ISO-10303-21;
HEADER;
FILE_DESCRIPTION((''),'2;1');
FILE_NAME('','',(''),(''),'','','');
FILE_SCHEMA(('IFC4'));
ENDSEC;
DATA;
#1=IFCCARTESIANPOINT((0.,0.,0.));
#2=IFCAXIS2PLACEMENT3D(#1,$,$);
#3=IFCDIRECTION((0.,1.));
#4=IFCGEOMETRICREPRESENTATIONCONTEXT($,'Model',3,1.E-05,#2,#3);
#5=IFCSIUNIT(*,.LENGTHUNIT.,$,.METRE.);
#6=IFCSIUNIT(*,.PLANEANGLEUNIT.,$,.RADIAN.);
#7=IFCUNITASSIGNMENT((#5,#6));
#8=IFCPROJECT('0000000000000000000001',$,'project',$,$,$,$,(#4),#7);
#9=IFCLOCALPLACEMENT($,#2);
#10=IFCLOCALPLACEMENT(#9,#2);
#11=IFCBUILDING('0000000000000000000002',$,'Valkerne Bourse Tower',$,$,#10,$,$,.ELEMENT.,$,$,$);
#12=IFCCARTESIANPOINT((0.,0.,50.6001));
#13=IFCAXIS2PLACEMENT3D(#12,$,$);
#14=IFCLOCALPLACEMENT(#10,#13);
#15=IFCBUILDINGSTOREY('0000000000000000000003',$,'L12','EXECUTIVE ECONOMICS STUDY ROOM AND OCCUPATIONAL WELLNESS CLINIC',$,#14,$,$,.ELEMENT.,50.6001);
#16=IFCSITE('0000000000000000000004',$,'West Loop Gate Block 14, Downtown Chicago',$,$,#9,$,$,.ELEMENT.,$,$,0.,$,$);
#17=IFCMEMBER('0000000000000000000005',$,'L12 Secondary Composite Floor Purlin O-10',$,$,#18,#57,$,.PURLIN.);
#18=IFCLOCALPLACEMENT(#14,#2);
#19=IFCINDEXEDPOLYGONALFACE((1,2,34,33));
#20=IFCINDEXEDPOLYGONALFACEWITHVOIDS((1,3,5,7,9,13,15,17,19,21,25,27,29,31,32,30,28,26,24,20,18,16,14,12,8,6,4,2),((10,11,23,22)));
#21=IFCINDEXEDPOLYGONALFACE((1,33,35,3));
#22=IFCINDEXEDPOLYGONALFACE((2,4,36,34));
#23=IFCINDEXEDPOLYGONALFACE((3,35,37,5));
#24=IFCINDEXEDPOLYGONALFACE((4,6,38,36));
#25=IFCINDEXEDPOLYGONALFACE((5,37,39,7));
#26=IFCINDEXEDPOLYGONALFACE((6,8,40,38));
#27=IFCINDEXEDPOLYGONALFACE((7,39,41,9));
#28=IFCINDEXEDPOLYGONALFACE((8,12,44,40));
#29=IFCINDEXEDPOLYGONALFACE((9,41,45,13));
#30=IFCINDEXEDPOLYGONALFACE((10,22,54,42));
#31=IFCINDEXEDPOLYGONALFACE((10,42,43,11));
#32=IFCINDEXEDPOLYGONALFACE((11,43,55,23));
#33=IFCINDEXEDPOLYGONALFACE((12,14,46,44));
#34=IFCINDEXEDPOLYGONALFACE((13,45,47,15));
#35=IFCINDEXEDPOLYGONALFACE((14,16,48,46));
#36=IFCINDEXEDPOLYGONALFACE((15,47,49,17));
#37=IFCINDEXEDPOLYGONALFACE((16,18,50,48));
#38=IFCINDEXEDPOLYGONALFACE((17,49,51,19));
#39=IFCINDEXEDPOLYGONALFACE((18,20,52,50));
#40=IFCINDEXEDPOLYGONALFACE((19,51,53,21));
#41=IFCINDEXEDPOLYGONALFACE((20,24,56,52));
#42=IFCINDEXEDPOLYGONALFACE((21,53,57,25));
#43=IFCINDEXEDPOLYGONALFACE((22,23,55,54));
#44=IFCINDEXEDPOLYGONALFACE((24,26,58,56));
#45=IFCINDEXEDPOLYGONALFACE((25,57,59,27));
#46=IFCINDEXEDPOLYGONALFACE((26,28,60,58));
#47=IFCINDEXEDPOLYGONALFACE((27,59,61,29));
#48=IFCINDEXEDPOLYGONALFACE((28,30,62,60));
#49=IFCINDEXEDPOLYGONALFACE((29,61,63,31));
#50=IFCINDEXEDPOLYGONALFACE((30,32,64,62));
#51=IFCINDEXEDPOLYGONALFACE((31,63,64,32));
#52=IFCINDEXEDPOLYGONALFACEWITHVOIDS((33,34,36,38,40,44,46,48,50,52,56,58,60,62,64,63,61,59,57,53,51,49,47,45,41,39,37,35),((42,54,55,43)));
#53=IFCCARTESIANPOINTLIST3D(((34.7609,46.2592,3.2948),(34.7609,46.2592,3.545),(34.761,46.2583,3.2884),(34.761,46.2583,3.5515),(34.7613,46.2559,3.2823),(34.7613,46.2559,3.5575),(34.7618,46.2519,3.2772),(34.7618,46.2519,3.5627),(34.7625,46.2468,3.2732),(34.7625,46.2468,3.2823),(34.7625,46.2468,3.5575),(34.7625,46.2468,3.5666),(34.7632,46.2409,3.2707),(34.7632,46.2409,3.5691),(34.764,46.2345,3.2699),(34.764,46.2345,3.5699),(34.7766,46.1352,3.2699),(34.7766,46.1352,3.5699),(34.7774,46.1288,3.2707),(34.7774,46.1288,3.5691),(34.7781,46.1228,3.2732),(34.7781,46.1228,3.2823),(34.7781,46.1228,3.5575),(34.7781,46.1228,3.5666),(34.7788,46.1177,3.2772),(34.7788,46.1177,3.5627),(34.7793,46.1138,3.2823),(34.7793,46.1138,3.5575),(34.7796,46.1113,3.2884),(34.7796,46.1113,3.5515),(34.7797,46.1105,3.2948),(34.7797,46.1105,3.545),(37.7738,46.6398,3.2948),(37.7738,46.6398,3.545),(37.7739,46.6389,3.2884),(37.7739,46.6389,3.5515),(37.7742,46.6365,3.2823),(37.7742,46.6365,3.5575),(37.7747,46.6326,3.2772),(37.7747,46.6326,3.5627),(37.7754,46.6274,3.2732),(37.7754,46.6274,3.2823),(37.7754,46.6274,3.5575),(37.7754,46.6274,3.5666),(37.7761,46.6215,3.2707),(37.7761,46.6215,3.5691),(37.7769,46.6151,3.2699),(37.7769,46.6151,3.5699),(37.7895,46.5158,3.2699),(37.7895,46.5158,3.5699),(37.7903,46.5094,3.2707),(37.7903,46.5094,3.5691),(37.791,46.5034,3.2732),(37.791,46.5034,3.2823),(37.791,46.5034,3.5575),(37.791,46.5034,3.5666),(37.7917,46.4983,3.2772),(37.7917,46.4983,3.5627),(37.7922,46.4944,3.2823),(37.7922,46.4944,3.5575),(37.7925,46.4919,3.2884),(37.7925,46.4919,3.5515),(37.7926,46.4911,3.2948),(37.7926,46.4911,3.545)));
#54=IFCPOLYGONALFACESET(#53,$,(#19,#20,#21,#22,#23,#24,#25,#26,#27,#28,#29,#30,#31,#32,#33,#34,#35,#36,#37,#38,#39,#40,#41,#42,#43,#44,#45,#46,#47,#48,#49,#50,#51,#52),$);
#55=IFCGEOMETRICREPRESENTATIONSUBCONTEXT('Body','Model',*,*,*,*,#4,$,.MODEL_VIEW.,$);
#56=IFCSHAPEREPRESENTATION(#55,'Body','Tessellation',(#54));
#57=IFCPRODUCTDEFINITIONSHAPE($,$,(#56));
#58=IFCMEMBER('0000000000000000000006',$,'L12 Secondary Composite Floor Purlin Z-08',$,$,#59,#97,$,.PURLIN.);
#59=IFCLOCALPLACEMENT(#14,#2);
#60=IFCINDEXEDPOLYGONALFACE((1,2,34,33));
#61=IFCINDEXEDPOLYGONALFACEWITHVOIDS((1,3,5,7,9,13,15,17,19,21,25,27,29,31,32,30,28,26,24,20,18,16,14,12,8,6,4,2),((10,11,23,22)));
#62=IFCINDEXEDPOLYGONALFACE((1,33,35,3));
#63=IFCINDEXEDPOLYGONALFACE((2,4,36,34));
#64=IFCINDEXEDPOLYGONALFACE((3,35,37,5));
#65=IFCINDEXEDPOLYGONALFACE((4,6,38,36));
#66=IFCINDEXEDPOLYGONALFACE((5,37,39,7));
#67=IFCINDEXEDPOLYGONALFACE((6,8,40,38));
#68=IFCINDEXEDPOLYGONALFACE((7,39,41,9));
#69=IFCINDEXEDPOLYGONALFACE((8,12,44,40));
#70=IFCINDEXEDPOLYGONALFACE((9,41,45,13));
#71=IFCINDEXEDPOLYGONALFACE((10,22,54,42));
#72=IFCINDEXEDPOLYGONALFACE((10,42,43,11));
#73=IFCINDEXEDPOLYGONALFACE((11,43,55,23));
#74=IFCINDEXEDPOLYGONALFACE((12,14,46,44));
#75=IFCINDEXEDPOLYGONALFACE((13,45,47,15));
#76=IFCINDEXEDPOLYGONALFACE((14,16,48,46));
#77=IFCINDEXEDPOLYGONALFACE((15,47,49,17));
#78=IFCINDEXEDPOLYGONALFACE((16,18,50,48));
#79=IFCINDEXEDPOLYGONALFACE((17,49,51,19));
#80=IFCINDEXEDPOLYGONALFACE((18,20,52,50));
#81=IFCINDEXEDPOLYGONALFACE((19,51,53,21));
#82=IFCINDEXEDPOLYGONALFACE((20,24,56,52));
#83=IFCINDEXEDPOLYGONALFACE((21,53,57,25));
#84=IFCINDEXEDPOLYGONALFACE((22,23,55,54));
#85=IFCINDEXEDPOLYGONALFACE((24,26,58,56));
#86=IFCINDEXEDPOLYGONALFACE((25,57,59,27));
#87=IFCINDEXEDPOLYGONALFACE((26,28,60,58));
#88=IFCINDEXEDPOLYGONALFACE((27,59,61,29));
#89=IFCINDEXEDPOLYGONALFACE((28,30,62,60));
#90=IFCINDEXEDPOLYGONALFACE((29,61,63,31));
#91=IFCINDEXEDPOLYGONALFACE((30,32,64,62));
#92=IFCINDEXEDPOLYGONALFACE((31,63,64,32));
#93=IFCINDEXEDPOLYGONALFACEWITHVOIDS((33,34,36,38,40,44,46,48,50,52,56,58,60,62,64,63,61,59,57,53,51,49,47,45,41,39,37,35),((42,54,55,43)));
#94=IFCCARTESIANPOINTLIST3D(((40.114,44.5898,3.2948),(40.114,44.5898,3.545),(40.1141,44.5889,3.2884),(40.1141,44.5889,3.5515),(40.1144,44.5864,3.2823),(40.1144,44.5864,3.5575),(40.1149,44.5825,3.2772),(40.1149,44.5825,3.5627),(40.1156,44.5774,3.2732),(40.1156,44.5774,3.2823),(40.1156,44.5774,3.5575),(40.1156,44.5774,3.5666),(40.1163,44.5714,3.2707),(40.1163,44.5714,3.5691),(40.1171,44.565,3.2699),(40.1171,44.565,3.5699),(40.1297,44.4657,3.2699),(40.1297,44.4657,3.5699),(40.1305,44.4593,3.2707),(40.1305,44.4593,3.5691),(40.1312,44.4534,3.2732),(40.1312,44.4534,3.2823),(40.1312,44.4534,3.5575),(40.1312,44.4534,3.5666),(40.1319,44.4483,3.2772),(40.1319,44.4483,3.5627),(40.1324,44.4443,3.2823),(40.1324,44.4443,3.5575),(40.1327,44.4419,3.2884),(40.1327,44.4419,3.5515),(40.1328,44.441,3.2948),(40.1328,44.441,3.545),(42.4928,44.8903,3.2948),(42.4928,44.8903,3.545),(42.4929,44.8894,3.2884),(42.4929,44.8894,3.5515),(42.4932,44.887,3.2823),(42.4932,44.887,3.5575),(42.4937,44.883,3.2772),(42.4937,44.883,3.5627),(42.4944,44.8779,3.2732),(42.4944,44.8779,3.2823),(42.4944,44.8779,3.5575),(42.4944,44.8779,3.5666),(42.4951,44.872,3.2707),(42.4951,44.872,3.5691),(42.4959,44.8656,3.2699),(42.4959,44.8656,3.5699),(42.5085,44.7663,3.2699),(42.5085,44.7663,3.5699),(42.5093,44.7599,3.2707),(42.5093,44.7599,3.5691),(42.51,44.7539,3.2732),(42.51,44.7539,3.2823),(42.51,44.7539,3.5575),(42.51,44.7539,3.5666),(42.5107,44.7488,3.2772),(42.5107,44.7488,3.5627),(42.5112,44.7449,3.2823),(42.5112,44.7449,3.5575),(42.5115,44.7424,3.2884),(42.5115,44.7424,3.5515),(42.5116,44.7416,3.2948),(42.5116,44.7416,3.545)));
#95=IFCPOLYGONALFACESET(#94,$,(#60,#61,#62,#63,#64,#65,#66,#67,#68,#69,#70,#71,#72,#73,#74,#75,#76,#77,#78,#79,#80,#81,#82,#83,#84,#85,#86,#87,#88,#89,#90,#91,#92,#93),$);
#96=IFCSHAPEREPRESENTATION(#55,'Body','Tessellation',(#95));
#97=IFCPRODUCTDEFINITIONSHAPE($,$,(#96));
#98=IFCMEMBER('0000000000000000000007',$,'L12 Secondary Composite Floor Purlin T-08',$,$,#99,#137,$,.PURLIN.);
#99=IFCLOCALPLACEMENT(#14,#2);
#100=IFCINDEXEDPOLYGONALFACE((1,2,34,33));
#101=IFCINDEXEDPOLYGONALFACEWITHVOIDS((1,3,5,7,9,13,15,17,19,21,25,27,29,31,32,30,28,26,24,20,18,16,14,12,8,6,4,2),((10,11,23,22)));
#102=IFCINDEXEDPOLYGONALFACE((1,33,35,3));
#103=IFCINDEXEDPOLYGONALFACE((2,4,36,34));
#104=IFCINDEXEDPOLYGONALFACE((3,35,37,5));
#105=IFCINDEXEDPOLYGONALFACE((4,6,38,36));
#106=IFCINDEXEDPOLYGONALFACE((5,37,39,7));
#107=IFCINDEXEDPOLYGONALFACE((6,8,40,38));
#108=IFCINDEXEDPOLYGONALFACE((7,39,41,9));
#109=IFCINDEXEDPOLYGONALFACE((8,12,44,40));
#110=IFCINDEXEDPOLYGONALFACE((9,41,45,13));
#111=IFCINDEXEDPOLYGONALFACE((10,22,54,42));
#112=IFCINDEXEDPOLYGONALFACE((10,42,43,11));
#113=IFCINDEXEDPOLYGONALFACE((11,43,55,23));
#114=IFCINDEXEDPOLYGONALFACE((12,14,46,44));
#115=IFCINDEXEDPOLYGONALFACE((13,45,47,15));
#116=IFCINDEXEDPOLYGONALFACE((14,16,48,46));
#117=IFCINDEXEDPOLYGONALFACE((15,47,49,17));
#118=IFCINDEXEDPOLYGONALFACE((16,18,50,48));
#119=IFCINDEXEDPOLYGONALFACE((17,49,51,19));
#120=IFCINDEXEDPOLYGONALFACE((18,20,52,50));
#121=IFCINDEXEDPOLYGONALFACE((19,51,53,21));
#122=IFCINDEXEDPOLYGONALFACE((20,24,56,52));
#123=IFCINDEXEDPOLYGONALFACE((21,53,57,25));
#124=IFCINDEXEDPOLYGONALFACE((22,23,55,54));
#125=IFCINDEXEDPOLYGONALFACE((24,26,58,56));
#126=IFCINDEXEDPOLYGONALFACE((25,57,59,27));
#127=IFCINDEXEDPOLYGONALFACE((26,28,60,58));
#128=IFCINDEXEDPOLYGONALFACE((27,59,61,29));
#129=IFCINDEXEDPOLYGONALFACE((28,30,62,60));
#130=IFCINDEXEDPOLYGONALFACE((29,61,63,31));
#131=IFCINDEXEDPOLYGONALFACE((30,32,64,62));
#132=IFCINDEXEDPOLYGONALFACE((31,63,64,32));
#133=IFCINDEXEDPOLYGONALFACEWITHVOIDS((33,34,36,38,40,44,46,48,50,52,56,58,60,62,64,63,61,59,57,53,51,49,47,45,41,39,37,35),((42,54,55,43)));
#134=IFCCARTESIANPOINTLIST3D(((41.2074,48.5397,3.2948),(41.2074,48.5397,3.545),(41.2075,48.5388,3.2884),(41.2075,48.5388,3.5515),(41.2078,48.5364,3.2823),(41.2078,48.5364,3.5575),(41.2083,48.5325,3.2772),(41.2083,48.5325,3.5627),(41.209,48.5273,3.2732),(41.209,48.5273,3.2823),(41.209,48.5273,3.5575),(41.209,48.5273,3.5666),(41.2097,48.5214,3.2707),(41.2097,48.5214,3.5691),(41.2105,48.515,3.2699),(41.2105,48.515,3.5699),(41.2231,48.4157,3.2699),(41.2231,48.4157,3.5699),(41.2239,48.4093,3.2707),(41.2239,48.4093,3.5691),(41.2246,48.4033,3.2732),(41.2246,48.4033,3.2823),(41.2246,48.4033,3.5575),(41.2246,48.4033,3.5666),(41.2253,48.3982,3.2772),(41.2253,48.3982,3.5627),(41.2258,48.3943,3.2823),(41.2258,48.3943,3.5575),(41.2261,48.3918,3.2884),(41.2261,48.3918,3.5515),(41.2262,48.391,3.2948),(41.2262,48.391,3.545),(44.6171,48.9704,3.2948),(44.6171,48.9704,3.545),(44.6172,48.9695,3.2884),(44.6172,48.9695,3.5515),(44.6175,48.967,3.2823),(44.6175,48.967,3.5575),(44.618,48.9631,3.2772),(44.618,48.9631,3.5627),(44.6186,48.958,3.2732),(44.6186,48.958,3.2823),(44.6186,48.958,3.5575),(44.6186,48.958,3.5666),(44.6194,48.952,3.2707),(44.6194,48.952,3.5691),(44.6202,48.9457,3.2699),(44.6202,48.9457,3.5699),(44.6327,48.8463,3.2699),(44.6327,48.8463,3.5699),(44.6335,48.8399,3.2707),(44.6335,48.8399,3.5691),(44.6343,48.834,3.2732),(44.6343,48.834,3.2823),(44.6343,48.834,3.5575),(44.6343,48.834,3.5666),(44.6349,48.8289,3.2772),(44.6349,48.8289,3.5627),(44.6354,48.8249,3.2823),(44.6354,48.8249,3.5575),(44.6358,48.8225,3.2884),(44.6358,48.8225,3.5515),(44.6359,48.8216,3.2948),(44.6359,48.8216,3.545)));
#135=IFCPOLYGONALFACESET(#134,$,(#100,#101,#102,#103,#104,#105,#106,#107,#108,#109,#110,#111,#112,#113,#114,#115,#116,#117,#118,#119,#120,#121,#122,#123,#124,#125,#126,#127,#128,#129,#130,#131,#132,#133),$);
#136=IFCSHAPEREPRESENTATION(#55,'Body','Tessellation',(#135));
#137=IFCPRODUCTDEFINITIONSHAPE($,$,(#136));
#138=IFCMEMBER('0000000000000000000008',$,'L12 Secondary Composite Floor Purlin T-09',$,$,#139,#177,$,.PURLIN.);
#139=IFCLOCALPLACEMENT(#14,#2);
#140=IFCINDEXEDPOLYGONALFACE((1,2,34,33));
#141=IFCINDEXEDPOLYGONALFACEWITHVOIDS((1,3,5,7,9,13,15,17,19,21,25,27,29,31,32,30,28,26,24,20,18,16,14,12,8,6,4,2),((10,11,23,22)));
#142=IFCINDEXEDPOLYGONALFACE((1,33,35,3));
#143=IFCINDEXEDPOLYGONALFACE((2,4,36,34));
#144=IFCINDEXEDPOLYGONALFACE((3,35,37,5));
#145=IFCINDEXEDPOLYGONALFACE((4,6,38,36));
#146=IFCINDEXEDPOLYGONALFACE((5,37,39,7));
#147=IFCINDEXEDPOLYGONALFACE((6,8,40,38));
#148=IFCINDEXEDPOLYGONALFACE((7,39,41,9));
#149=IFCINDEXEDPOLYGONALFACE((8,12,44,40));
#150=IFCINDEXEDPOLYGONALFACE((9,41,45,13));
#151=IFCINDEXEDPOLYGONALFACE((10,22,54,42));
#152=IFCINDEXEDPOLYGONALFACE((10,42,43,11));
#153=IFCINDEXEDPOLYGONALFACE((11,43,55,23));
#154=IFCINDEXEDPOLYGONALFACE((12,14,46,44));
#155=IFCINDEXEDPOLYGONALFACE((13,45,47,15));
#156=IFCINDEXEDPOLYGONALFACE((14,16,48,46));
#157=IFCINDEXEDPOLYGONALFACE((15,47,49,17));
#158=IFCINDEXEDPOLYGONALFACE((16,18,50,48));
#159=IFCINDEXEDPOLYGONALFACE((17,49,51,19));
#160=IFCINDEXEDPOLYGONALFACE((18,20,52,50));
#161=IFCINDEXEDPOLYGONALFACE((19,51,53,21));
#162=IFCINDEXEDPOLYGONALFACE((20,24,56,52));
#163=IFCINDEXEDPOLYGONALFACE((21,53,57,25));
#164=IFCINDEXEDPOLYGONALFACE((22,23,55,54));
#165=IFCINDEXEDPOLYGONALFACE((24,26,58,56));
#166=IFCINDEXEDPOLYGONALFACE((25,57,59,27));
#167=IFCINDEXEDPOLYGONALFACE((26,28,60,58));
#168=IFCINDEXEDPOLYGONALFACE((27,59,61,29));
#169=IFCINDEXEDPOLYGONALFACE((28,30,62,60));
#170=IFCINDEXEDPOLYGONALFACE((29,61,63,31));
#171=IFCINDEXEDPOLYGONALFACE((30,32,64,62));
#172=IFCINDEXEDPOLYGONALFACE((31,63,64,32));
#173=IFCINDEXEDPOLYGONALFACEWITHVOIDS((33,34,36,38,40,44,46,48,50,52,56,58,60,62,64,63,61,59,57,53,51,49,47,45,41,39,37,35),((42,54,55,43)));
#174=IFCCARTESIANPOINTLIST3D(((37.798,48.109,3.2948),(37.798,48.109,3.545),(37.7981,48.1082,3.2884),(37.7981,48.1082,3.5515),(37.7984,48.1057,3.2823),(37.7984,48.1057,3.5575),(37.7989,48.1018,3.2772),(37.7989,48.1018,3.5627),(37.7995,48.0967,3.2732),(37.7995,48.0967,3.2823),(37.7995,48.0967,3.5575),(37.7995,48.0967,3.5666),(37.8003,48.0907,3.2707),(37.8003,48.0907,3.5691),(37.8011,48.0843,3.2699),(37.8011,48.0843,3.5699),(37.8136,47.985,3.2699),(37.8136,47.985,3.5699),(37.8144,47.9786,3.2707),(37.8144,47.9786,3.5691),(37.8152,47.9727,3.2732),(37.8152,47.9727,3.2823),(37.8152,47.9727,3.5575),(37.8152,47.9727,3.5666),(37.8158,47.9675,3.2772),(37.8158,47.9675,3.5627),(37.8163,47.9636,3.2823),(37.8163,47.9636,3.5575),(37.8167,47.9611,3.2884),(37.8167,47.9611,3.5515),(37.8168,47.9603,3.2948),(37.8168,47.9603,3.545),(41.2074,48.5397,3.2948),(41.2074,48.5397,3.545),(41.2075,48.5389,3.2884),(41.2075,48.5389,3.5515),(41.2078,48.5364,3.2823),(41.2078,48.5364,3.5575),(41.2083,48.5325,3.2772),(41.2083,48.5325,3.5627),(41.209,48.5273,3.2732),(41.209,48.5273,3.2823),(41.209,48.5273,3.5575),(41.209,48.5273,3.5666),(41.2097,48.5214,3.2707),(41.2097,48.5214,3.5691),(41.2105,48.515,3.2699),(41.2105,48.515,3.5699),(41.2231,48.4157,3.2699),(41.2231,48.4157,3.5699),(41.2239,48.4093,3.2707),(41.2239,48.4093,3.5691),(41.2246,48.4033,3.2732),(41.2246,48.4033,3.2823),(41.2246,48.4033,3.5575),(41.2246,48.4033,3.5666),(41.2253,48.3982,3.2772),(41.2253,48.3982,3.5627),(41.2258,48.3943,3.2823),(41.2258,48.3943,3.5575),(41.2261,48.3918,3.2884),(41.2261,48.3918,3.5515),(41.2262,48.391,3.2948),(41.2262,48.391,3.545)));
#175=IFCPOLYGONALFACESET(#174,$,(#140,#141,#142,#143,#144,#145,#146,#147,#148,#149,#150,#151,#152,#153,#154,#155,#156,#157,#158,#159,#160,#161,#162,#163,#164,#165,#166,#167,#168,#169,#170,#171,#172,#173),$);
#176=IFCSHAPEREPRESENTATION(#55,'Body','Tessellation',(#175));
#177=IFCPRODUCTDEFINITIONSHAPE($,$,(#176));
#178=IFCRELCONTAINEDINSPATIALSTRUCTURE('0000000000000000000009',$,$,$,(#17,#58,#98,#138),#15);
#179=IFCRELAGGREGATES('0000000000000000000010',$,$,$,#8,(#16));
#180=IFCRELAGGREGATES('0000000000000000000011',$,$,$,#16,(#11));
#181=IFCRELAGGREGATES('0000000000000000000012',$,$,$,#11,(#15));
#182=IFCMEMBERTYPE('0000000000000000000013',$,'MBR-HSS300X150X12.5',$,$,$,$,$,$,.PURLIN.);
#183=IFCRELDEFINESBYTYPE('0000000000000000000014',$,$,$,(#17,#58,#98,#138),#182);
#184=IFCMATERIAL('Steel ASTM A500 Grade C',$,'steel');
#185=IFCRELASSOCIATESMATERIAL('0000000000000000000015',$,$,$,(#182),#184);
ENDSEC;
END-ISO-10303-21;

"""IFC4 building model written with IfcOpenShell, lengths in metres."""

from ifc_helpers import new_model, si_unit, direction, frame, origin, origin_2d, place, context, subcontext, project, spatial, hollow_rectangle, extrude, material, material_profile, profile_set, type_object, element, save


model = new_model("IFC4")

# Units and contexts
model_context = context("Model", 3, precision=1e-05, world=origin(), true_north=direction((0.0, 1.0)))
body_context = subcontext(model_context, "Body", "Model", "MODEL_VIEW")
ifc_project = project(units=[si_unit("LENGTHUNIT", "METRE"), si_unit("PLANEANGLEUNIT", "RADIAN")], contexts=[model_context])

# Site, building, storey
site_placement = place(None, origin())
site = spatial("IfcSite", under=ifc_project, at=site_placement, Name="West Loop Gate Block 14, Downtown Chicago", CompositionType="ELEMENT", RefElevation=0.0)
building_placement = place(site_placement, origin())
building = spatial("IfcBuilding", under=site, at=building_placement, Name="Valkerne Bourse Tower", CompositionType="ELEMENT")
storey_placement = place(building_placement, frame((0.0, 0.0, 50.6001)))
storey = spatial("IfcBuildingStorey", under=building, at=storey_placement, Name="L12", Description="EXECUTIVE ECONOMICS STUDY ROOM AND OCCUPATIONAL WELLNESS CLINIC", CompositionType="ELEMENT", Elevation=50.6001)

# Members
ifc_material_1 = material(Name="Steel ASTM A500 Grade C", Category="steel")
ifc_material_profile_1 = material_profile(ifc_material_1, hollow_rectangle(XDim=0.1499, YDim=0.3, WallThickness=0.0125, OuterFilletRadius=0.0249, at=origin_2d()), Name="HSS300X150X12.5")
ifc_profile_set_1 = profile_set([ifc_material_profile_1], Name="Steel ASTM A500 Grade C")
member_type_1 = type_object("IfcMemberType", Name="MBR-HSS300X150X12.5", PredefinedType="PURLIN", material=ifc_profile_set_1)
member_1_placement = place(storey_placement, frame((37.7832, 46.5654, 3.4199), z_axis=(-0.992115, -0.125331, 0.0), x_axis=(0.125331, -0.992115, 0.0)))
element("IfcMember", 1, at=member_1_placement, inside=storey, type_object=member_type_1, Name="L12 Secondary Composite Floor Purlin O-10", PredefinedType="PURLIN", context=body_context, shape_type="SweptSolid", body=[
    extrude(hollow_rectangle(XDim=0.1499, YDim=0.3, WallThickness=0.0125, OuterFilletRadius=0.0249, at=origin_2d()), origin(), (0.0, 0.0, 1.0), 3.0369),
])
member_2_placement = place(storey_placement, frame((42.5022, 44.8159, 3.4199), z_axis=(-0.992114, -0.125338, 0.0), x_axis=(0.125338, -0.992114, 0.0)))
element("IfcMember", 2, at=member_2_placement, inside=storey, type_object=member_type_1, Name="L12 Secondary Composite Floor Purlin Z-08", PredefinedType="PURLIN", context=body_context, shape_type="SweptSolid", body=[
    extrude(hollow_rectangle(XDim=0.1499, YDim=0.3, WallThickness=0.0125, OuterFilletRadius=0.0249, at=origin_2d()), origin(), (0.0, 0.0, 1.0), 2.3977),
])
member_3_placement = place(storey_placement, frame((44.6265, 48.896, 3.4199), z_axis=(-0.992117, -0.125311, 0.0), x_axis=(0.125311, -0.992117, 0.0)))
element("IfcMember", 3, at=member_3_placement, inside=storey, type_object=member_type_1, Name="L12 Secondary Composite Floor Purlin T-08", PredefinedType="PURLIN", context=body_context, shape_type="SweptSolid", body=[
    extrude(hollow_rectangle(XDim=0.1499, YDim=0.3, WallThickness=0.0125, OuterFilletRadius=0.0249, at=origin_2d()), origin(), (0.0, 0.0, 1.0), 3.4368),
])
for number, where, z_axis, x_axis, name in (
    (4, (41.2168, 48.4653, 3.4199), (-0.992116, -0.12532, 0.0), (0.12532, -0.992116, 0.0), "L12 Secondary Composite Floor Purlin T-09"),
):
    element("IfcMember", number, at=place(storey_placement, frame(where, z_axis=z_axis, x_axis=x_axis)), inside=storey, type_object=member_type_1, Name=name, PredefinedType="PURLIN", context=body_context, shape_type="SweptSolid", body=[
        extrude(hollow_rectangle(XDim=0.1499, YDim=0.3, WallThickness=0.0125, OuterFilletRadius=0.0249, at=origin_2d()), origin(), (0.0, 0.0, 1.0), 3.4365),
    ])

save(model, "model.ifc")
